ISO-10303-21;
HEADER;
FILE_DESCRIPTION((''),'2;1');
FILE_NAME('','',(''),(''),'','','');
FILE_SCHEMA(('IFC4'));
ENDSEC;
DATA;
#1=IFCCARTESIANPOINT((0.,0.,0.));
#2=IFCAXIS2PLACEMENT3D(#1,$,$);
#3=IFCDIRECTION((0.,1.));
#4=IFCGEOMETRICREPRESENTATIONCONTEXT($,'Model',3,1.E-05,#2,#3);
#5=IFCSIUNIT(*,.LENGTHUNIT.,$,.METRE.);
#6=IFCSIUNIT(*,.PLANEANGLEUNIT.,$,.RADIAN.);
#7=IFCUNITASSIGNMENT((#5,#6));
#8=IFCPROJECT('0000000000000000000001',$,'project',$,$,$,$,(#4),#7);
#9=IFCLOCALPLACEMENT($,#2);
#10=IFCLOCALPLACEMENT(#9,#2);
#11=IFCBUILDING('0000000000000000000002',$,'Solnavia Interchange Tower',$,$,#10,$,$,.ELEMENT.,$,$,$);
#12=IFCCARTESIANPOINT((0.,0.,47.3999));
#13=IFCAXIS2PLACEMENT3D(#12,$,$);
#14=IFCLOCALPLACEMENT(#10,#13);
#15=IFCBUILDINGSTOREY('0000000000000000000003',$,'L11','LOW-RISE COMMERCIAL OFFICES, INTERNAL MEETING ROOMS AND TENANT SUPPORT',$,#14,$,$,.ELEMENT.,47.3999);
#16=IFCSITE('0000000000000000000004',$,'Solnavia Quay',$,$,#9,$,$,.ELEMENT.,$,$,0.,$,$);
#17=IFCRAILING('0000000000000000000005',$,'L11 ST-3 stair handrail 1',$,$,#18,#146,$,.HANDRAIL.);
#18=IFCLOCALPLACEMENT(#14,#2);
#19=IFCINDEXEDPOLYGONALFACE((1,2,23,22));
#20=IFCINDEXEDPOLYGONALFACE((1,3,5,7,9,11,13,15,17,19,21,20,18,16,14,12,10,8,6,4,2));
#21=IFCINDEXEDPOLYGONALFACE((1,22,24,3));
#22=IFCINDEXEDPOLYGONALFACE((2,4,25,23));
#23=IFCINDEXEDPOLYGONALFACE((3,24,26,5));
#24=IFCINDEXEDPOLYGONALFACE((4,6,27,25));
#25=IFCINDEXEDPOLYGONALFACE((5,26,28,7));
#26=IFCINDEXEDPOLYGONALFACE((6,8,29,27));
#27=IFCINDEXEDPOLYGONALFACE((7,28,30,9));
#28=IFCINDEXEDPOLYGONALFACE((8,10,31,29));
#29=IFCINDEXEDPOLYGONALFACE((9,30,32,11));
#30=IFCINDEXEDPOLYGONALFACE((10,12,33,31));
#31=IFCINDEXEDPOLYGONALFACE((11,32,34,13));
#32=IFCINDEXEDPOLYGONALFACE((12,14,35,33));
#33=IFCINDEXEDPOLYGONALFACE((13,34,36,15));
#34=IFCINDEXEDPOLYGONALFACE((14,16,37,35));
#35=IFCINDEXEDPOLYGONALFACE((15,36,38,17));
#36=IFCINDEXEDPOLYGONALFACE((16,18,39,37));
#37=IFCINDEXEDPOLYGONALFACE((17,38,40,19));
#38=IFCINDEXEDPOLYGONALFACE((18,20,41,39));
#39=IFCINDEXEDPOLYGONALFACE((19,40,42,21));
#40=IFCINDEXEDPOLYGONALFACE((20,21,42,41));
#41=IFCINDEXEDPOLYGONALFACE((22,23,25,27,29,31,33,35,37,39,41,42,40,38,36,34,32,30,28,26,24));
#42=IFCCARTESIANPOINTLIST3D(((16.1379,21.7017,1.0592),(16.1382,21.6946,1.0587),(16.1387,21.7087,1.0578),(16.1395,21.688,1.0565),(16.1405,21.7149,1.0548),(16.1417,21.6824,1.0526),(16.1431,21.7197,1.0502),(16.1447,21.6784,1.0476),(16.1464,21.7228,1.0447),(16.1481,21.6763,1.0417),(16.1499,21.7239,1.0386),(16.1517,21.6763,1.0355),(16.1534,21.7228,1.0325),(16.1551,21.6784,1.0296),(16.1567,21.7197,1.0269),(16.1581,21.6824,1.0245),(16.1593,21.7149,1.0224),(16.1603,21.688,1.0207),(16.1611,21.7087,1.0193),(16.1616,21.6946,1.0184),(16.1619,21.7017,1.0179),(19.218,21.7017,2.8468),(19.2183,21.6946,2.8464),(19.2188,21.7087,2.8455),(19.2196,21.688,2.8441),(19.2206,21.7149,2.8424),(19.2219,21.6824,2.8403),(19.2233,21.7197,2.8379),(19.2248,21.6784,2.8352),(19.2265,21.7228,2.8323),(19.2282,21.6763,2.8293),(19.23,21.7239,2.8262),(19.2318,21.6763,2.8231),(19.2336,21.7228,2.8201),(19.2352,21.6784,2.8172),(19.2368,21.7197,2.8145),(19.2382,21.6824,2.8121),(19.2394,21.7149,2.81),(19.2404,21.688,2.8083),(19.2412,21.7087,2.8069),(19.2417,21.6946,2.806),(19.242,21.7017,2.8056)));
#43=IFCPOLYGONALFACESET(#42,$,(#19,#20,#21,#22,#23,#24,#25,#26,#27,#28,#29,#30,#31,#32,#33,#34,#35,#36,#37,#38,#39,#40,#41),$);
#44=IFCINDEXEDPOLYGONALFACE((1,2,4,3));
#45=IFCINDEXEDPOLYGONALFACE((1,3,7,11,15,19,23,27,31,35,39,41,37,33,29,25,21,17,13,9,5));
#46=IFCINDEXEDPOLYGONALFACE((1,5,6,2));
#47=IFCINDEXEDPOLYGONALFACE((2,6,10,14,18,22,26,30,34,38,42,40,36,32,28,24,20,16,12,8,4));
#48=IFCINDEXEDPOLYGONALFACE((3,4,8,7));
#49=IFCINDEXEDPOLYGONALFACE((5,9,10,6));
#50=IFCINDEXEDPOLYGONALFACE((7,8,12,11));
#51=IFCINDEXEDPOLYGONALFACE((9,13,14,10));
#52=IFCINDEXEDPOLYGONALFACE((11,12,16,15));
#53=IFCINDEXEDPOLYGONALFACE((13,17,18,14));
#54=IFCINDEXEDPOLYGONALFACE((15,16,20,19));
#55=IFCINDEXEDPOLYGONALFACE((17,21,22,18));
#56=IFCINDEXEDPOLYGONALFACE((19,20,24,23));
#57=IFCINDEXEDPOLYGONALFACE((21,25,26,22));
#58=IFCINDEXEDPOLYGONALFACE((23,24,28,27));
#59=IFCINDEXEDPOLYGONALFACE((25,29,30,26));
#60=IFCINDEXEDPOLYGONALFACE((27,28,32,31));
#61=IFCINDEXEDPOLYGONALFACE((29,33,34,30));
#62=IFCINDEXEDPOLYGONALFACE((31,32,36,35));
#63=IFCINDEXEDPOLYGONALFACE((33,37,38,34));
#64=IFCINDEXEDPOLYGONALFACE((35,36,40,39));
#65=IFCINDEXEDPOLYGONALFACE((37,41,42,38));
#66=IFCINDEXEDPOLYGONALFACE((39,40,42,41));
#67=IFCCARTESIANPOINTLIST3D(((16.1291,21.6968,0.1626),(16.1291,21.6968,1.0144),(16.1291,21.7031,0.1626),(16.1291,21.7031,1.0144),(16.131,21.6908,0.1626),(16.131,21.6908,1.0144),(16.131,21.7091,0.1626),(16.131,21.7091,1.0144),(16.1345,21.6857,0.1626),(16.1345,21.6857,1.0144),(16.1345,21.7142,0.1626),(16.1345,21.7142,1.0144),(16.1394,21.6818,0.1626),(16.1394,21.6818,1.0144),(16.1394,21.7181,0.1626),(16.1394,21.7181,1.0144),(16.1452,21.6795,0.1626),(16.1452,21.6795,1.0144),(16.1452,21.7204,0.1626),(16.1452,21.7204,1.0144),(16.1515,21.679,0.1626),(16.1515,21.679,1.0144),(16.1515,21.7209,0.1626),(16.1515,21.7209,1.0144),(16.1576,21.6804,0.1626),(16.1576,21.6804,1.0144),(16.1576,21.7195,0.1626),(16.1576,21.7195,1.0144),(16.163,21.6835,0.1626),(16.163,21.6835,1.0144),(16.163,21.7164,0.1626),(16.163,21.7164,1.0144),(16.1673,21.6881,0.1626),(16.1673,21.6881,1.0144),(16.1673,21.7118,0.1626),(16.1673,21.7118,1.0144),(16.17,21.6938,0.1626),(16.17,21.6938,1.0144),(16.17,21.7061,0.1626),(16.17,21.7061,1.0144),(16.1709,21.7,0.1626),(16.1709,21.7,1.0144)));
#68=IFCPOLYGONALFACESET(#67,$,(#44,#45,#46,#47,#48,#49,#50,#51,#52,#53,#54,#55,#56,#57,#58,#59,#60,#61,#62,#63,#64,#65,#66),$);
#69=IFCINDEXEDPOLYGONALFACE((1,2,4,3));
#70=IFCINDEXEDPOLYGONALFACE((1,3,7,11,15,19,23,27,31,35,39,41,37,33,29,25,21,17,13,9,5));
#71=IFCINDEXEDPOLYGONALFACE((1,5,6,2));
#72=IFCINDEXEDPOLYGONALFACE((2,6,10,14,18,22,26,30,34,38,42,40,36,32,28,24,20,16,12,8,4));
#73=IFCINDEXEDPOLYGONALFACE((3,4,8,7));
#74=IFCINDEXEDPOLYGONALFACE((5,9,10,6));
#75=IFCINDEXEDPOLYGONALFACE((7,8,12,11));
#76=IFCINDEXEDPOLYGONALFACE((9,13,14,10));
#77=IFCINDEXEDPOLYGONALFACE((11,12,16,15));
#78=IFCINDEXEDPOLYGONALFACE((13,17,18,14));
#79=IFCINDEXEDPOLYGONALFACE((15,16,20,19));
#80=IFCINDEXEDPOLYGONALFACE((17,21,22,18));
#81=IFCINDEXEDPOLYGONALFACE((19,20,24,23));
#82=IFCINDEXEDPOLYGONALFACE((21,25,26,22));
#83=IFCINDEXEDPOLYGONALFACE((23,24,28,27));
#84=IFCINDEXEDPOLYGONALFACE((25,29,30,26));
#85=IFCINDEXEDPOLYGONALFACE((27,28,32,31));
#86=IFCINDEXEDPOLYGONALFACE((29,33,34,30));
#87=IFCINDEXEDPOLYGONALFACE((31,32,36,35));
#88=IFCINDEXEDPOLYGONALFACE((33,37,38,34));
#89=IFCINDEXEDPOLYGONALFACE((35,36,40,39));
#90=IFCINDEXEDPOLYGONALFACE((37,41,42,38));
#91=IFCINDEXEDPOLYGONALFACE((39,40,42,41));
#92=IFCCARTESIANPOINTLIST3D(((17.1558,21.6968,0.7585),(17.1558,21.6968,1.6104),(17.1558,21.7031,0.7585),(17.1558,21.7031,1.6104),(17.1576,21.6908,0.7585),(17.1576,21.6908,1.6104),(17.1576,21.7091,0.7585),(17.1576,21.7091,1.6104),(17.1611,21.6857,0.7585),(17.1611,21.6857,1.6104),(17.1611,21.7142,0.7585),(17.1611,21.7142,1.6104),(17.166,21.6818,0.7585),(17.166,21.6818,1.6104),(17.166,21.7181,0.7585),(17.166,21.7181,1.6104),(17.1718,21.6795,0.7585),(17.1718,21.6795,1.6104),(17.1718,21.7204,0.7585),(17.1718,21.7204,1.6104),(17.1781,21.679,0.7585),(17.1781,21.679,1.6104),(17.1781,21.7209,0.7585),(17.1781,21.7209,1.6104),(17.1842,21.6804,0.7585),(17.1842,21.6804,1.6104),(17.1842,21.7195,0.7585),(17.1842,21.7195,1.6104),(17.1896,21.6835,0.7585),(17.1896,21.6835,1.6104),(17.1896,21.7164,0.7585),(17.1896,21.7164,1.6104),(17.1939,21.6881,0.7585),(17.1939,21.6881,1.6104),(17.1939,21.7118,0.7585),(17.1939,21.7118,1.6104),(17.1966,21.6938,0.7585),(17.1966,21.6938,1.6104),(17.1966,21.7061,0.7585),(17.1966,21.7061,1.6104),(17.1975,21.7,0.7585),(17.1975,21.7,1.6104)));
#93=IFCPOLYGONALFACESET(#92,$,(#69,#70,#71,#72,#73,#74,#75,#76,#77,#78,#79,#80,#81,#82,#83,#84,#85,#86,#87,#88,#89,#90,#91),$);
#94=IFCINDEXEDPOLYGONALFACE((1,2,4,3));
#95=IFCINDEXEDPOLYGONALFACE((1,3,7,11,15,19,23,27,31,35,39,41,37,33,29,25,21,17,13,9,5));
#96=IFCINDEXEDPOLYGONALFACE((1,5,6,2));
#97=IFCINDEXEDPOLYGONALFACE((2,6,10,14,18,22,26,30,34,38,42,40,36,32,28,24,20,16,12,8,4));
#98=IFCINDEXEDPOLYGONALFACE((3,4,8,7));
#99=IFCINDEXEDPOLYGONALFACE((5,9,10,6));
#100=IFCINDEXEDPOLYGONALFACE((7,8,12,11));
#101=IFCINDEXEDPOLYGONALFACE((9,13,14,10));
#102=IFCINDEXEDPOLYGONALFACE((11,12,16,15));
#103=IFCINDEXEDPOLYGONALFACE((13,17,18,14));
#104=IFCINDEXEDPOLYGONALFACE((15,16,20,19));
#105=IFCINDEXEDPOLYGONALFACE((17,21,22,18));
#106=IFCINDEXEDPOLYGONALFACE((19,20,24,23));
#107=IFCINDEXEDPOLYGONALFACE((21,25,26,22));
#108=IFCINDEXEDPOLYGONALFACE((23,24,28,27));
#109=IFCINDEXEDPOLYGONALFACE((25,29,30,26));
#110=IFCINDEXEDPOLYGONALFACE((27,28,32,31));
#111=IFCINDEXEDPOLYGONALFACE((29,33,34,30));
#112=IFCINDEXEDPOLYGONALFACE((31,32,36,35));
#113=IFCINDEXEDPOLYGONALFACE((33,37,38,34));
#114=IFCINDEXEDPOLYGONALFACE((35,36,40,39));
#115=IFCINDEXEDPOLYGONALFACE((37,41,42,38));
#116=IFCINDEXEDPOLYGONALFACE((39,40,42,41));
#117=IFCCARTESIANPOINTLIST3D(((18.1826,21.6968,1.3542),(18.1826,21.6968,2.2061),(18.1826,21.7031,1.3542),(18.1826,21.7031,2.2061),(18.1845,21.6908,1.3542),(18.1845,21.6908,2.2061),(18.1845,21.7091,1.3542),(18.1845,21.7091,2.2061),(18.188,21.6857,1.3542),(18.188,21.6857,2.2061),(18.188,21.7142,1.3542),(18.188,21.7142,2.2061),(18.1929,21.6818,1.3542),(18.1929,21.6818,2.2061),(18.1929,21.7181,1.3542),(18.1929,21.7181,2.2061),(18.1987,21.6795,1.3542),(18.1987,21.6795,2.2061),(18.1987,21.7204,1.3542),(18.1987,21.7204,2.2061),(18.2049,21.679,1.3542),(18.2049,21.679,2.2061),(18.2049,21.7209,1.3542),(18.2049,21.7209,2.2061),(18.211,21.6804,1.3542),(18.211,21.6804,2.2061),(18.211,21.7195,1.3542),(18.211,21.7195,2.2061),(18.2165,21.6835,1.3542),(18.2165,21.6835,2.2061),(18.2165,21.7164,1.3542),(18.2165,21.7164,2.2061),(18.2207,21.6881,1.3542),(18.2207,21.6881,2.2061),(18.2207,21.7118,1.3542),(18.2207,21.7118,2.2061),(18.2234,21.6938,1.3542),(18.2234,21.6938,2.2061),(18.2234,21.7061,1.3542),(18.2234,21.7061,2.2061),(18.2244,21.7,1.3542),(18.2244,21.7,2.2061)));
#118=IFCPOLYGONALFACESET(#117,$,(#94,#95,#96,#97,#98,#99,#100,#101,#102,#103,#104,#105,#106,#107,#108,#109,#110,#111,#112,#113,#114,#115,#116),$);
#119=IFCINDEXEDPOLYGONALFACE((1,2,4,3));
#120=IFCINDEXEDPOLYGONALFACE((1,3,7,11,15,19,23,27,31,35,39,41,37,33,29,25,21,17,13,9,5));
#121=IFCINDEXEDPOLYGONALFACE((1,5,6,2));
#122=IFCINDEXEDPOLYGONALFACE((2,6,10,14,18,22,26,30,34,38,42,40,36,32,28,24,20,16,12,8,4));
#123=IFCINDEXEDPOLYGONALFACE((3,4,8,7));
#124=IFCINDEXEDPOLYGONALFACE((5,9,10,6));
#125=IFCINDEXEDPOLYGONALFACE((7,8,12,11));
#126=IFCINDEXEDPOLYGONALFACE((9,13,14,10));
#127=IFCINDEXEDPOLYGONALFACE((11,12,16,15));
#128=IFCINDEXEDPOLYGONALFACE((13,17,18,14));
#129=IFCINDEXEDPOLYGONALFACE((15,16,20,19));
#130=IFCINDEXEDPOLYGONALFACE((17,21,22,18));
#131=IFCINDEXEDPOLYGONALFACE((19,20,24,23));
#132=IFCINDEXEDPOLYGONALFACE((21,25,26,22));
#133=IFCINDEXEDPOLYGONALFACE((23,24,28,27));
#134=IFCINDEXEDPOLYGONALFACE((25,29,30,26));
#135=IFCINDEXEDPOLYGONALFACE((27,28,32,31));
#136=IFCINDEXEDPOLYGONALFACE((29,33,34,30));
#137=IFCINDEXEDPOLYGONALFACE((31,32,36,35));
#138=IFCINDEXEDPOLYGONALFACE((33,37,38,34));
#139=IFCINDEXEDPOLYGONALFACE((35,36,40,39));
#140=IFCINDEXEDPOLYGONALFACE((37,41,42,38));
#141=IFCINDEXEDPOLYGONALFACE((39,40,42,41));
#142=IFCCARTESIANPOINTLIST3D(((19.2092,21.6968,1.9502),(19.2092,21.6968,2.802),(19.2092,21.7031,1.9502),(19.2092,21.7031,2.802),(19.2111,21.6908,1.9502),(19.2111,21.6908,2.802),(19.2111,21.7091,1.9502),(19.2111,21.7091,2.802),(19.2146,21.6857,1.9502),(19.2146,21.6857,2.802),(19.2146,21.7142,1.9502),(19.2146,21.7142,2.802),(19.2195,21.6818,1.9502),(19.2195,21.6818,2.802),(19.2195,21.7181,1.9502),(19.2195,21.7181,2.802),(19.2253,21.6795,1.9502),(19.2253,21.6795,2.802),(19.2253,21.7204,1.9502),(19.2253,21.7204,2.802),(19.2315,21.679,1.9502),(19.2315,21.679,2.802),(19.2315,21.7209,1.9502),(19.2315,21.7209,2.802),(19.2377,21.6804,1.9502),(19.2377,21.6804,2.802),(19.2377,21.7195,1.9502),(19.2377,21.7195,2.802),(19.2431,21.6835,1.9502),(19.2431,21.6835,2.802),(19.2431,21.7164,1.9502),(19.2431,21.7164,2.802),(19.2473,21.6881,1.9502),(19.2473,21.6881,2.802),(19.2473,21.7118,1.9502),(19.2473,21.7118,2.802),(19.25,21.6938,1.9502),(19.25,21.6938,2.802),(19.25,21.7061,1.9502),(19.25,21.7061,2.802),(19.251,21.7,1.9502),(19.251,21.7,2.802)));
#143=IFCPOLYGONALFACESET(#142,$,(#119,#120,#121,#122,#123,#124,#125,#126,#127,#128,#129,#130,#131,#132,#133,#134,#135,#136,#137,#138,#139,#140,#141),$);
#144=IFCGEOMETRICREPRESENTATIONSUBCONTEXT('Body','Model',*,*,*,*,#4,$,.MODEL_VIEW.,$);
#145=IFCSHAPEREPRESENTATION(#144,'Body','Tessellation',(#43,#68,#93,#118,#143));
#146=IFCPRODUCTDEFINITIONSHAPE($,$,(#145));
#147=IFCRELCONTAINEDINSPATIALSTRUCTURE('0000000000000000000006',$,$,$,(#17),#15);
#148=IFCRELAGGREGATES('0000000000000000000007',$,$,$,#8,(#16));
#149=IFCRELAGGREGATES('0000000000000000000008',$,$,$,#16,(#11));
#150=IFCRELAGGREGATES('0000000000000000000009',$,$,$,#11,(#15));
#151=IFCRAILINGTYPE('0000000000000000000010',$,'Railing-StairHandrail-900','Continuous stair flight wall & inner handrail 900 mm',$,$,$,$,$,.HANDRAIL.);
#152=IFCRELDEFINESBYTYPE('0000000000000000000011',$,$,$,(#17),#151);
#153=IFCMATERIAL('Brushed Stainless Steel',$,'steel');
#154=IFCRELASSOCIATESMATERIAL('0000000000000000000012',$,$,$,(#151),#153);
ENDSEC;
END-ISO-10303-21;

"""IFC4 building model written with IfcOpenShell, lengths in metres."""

from ifc_helpers import new_model, si_unit, direction, frame, origin, origin_2d, place, context, subcontext, project, spatial, circle, extrude, material, type_object, element, save


model = new_model("IFC4")

# Units and contexts
model_context = context("Model", 3, precision=1e-05, world=origin(), true_north=direction((0.0, 1.0)))
body_context = subcontext(model_context, "Body", "Model", "MODEL_VIEW")
ifc_project = project(units=[si_unit("LENGTHUNIT", "METRE"), si_unit("PLANEANGLEUNIT", "RADIAN")], contexts=[model_context])

# Site, building, storey
site_placement = place(None, origin())
site = spatial("IfcSite", under=ifc_project, at=site_placement, Name="Solnavia Quay", CompositionType="ELEMENT", RefElevation=0.0)
building_placement = place(site_placement, origin())
building = spatial("IfcBuilding", under=site, at=building_placement, Name="Solnavia Interchange Tower", CompositionType="ELEMENT")
storey_placement = place(building_placement, frame((0.0, 0.0, 47.3999)))
storey = spatial("IfcBuildingStorey", under=building, at=storey_placement, Name="L11", Description="LOW-RISE COMMERCIAL OFFICES, INTERNAL MEETING ROOMS AND TENANT SUPPORT", CompositionType="ELEMENT", Elevation=47.3999)

# Railing
ifc_material_1 = material(Name="Brushed Stainless Steel", Category="steel")
railing_type_1 = type_object("IfcRailingType", Name="Railing-StairHandrail-900", Description="Continuous stair flight wall & inner handrail 900 mm", PredefinedType="HANDRAIL", material=ifc_material_1)
railing_1_placement = place(storey_placement, frame((16.1499, 21.7, 0.1626)))
element("IfcRailing", 1, at=railing_1_placement, inside=storey, type_object=railing_type_1, Name="L11 ST-3 stair handrail 1", PredefinedType="HANDRAIL", context=body_context, shape_type="SweptSolid", body=[
    extrude(circle(Radius=0.0239, at=origin_2d()), frame((0.0, 0.0, 0.876), z_axis=(0.864891, 0.0, 0.50196), x_axis=(0.0, 1.0, 0.0)), (0.0, 0.0, 1.0), 3.5613),
    extrude(circle(Radius=0.021, at=origin_2d()), origin(), (0.0, 0.0, 1.0), 0.8518),
    extrude(circle(Radius=0.021, at=origin_2d()), frame((1.0266, 0.0, 0.5959)), (0.0, 0.0, 1.0), 0.8518),
    extrude(circle(Radius=0.021, at=origin_2d()), frame((2.0535, 0.0, 1.1917)), (0.0, 0.0, 1.0), 0.8518),
    extrude(circle(Radius=0.021, at=origin_2d()), frame((3.0801, 0.0, 1.7876)), (0.0, 0.0, 1.0), 0.8518),
])

save(model, "model.ifc")
